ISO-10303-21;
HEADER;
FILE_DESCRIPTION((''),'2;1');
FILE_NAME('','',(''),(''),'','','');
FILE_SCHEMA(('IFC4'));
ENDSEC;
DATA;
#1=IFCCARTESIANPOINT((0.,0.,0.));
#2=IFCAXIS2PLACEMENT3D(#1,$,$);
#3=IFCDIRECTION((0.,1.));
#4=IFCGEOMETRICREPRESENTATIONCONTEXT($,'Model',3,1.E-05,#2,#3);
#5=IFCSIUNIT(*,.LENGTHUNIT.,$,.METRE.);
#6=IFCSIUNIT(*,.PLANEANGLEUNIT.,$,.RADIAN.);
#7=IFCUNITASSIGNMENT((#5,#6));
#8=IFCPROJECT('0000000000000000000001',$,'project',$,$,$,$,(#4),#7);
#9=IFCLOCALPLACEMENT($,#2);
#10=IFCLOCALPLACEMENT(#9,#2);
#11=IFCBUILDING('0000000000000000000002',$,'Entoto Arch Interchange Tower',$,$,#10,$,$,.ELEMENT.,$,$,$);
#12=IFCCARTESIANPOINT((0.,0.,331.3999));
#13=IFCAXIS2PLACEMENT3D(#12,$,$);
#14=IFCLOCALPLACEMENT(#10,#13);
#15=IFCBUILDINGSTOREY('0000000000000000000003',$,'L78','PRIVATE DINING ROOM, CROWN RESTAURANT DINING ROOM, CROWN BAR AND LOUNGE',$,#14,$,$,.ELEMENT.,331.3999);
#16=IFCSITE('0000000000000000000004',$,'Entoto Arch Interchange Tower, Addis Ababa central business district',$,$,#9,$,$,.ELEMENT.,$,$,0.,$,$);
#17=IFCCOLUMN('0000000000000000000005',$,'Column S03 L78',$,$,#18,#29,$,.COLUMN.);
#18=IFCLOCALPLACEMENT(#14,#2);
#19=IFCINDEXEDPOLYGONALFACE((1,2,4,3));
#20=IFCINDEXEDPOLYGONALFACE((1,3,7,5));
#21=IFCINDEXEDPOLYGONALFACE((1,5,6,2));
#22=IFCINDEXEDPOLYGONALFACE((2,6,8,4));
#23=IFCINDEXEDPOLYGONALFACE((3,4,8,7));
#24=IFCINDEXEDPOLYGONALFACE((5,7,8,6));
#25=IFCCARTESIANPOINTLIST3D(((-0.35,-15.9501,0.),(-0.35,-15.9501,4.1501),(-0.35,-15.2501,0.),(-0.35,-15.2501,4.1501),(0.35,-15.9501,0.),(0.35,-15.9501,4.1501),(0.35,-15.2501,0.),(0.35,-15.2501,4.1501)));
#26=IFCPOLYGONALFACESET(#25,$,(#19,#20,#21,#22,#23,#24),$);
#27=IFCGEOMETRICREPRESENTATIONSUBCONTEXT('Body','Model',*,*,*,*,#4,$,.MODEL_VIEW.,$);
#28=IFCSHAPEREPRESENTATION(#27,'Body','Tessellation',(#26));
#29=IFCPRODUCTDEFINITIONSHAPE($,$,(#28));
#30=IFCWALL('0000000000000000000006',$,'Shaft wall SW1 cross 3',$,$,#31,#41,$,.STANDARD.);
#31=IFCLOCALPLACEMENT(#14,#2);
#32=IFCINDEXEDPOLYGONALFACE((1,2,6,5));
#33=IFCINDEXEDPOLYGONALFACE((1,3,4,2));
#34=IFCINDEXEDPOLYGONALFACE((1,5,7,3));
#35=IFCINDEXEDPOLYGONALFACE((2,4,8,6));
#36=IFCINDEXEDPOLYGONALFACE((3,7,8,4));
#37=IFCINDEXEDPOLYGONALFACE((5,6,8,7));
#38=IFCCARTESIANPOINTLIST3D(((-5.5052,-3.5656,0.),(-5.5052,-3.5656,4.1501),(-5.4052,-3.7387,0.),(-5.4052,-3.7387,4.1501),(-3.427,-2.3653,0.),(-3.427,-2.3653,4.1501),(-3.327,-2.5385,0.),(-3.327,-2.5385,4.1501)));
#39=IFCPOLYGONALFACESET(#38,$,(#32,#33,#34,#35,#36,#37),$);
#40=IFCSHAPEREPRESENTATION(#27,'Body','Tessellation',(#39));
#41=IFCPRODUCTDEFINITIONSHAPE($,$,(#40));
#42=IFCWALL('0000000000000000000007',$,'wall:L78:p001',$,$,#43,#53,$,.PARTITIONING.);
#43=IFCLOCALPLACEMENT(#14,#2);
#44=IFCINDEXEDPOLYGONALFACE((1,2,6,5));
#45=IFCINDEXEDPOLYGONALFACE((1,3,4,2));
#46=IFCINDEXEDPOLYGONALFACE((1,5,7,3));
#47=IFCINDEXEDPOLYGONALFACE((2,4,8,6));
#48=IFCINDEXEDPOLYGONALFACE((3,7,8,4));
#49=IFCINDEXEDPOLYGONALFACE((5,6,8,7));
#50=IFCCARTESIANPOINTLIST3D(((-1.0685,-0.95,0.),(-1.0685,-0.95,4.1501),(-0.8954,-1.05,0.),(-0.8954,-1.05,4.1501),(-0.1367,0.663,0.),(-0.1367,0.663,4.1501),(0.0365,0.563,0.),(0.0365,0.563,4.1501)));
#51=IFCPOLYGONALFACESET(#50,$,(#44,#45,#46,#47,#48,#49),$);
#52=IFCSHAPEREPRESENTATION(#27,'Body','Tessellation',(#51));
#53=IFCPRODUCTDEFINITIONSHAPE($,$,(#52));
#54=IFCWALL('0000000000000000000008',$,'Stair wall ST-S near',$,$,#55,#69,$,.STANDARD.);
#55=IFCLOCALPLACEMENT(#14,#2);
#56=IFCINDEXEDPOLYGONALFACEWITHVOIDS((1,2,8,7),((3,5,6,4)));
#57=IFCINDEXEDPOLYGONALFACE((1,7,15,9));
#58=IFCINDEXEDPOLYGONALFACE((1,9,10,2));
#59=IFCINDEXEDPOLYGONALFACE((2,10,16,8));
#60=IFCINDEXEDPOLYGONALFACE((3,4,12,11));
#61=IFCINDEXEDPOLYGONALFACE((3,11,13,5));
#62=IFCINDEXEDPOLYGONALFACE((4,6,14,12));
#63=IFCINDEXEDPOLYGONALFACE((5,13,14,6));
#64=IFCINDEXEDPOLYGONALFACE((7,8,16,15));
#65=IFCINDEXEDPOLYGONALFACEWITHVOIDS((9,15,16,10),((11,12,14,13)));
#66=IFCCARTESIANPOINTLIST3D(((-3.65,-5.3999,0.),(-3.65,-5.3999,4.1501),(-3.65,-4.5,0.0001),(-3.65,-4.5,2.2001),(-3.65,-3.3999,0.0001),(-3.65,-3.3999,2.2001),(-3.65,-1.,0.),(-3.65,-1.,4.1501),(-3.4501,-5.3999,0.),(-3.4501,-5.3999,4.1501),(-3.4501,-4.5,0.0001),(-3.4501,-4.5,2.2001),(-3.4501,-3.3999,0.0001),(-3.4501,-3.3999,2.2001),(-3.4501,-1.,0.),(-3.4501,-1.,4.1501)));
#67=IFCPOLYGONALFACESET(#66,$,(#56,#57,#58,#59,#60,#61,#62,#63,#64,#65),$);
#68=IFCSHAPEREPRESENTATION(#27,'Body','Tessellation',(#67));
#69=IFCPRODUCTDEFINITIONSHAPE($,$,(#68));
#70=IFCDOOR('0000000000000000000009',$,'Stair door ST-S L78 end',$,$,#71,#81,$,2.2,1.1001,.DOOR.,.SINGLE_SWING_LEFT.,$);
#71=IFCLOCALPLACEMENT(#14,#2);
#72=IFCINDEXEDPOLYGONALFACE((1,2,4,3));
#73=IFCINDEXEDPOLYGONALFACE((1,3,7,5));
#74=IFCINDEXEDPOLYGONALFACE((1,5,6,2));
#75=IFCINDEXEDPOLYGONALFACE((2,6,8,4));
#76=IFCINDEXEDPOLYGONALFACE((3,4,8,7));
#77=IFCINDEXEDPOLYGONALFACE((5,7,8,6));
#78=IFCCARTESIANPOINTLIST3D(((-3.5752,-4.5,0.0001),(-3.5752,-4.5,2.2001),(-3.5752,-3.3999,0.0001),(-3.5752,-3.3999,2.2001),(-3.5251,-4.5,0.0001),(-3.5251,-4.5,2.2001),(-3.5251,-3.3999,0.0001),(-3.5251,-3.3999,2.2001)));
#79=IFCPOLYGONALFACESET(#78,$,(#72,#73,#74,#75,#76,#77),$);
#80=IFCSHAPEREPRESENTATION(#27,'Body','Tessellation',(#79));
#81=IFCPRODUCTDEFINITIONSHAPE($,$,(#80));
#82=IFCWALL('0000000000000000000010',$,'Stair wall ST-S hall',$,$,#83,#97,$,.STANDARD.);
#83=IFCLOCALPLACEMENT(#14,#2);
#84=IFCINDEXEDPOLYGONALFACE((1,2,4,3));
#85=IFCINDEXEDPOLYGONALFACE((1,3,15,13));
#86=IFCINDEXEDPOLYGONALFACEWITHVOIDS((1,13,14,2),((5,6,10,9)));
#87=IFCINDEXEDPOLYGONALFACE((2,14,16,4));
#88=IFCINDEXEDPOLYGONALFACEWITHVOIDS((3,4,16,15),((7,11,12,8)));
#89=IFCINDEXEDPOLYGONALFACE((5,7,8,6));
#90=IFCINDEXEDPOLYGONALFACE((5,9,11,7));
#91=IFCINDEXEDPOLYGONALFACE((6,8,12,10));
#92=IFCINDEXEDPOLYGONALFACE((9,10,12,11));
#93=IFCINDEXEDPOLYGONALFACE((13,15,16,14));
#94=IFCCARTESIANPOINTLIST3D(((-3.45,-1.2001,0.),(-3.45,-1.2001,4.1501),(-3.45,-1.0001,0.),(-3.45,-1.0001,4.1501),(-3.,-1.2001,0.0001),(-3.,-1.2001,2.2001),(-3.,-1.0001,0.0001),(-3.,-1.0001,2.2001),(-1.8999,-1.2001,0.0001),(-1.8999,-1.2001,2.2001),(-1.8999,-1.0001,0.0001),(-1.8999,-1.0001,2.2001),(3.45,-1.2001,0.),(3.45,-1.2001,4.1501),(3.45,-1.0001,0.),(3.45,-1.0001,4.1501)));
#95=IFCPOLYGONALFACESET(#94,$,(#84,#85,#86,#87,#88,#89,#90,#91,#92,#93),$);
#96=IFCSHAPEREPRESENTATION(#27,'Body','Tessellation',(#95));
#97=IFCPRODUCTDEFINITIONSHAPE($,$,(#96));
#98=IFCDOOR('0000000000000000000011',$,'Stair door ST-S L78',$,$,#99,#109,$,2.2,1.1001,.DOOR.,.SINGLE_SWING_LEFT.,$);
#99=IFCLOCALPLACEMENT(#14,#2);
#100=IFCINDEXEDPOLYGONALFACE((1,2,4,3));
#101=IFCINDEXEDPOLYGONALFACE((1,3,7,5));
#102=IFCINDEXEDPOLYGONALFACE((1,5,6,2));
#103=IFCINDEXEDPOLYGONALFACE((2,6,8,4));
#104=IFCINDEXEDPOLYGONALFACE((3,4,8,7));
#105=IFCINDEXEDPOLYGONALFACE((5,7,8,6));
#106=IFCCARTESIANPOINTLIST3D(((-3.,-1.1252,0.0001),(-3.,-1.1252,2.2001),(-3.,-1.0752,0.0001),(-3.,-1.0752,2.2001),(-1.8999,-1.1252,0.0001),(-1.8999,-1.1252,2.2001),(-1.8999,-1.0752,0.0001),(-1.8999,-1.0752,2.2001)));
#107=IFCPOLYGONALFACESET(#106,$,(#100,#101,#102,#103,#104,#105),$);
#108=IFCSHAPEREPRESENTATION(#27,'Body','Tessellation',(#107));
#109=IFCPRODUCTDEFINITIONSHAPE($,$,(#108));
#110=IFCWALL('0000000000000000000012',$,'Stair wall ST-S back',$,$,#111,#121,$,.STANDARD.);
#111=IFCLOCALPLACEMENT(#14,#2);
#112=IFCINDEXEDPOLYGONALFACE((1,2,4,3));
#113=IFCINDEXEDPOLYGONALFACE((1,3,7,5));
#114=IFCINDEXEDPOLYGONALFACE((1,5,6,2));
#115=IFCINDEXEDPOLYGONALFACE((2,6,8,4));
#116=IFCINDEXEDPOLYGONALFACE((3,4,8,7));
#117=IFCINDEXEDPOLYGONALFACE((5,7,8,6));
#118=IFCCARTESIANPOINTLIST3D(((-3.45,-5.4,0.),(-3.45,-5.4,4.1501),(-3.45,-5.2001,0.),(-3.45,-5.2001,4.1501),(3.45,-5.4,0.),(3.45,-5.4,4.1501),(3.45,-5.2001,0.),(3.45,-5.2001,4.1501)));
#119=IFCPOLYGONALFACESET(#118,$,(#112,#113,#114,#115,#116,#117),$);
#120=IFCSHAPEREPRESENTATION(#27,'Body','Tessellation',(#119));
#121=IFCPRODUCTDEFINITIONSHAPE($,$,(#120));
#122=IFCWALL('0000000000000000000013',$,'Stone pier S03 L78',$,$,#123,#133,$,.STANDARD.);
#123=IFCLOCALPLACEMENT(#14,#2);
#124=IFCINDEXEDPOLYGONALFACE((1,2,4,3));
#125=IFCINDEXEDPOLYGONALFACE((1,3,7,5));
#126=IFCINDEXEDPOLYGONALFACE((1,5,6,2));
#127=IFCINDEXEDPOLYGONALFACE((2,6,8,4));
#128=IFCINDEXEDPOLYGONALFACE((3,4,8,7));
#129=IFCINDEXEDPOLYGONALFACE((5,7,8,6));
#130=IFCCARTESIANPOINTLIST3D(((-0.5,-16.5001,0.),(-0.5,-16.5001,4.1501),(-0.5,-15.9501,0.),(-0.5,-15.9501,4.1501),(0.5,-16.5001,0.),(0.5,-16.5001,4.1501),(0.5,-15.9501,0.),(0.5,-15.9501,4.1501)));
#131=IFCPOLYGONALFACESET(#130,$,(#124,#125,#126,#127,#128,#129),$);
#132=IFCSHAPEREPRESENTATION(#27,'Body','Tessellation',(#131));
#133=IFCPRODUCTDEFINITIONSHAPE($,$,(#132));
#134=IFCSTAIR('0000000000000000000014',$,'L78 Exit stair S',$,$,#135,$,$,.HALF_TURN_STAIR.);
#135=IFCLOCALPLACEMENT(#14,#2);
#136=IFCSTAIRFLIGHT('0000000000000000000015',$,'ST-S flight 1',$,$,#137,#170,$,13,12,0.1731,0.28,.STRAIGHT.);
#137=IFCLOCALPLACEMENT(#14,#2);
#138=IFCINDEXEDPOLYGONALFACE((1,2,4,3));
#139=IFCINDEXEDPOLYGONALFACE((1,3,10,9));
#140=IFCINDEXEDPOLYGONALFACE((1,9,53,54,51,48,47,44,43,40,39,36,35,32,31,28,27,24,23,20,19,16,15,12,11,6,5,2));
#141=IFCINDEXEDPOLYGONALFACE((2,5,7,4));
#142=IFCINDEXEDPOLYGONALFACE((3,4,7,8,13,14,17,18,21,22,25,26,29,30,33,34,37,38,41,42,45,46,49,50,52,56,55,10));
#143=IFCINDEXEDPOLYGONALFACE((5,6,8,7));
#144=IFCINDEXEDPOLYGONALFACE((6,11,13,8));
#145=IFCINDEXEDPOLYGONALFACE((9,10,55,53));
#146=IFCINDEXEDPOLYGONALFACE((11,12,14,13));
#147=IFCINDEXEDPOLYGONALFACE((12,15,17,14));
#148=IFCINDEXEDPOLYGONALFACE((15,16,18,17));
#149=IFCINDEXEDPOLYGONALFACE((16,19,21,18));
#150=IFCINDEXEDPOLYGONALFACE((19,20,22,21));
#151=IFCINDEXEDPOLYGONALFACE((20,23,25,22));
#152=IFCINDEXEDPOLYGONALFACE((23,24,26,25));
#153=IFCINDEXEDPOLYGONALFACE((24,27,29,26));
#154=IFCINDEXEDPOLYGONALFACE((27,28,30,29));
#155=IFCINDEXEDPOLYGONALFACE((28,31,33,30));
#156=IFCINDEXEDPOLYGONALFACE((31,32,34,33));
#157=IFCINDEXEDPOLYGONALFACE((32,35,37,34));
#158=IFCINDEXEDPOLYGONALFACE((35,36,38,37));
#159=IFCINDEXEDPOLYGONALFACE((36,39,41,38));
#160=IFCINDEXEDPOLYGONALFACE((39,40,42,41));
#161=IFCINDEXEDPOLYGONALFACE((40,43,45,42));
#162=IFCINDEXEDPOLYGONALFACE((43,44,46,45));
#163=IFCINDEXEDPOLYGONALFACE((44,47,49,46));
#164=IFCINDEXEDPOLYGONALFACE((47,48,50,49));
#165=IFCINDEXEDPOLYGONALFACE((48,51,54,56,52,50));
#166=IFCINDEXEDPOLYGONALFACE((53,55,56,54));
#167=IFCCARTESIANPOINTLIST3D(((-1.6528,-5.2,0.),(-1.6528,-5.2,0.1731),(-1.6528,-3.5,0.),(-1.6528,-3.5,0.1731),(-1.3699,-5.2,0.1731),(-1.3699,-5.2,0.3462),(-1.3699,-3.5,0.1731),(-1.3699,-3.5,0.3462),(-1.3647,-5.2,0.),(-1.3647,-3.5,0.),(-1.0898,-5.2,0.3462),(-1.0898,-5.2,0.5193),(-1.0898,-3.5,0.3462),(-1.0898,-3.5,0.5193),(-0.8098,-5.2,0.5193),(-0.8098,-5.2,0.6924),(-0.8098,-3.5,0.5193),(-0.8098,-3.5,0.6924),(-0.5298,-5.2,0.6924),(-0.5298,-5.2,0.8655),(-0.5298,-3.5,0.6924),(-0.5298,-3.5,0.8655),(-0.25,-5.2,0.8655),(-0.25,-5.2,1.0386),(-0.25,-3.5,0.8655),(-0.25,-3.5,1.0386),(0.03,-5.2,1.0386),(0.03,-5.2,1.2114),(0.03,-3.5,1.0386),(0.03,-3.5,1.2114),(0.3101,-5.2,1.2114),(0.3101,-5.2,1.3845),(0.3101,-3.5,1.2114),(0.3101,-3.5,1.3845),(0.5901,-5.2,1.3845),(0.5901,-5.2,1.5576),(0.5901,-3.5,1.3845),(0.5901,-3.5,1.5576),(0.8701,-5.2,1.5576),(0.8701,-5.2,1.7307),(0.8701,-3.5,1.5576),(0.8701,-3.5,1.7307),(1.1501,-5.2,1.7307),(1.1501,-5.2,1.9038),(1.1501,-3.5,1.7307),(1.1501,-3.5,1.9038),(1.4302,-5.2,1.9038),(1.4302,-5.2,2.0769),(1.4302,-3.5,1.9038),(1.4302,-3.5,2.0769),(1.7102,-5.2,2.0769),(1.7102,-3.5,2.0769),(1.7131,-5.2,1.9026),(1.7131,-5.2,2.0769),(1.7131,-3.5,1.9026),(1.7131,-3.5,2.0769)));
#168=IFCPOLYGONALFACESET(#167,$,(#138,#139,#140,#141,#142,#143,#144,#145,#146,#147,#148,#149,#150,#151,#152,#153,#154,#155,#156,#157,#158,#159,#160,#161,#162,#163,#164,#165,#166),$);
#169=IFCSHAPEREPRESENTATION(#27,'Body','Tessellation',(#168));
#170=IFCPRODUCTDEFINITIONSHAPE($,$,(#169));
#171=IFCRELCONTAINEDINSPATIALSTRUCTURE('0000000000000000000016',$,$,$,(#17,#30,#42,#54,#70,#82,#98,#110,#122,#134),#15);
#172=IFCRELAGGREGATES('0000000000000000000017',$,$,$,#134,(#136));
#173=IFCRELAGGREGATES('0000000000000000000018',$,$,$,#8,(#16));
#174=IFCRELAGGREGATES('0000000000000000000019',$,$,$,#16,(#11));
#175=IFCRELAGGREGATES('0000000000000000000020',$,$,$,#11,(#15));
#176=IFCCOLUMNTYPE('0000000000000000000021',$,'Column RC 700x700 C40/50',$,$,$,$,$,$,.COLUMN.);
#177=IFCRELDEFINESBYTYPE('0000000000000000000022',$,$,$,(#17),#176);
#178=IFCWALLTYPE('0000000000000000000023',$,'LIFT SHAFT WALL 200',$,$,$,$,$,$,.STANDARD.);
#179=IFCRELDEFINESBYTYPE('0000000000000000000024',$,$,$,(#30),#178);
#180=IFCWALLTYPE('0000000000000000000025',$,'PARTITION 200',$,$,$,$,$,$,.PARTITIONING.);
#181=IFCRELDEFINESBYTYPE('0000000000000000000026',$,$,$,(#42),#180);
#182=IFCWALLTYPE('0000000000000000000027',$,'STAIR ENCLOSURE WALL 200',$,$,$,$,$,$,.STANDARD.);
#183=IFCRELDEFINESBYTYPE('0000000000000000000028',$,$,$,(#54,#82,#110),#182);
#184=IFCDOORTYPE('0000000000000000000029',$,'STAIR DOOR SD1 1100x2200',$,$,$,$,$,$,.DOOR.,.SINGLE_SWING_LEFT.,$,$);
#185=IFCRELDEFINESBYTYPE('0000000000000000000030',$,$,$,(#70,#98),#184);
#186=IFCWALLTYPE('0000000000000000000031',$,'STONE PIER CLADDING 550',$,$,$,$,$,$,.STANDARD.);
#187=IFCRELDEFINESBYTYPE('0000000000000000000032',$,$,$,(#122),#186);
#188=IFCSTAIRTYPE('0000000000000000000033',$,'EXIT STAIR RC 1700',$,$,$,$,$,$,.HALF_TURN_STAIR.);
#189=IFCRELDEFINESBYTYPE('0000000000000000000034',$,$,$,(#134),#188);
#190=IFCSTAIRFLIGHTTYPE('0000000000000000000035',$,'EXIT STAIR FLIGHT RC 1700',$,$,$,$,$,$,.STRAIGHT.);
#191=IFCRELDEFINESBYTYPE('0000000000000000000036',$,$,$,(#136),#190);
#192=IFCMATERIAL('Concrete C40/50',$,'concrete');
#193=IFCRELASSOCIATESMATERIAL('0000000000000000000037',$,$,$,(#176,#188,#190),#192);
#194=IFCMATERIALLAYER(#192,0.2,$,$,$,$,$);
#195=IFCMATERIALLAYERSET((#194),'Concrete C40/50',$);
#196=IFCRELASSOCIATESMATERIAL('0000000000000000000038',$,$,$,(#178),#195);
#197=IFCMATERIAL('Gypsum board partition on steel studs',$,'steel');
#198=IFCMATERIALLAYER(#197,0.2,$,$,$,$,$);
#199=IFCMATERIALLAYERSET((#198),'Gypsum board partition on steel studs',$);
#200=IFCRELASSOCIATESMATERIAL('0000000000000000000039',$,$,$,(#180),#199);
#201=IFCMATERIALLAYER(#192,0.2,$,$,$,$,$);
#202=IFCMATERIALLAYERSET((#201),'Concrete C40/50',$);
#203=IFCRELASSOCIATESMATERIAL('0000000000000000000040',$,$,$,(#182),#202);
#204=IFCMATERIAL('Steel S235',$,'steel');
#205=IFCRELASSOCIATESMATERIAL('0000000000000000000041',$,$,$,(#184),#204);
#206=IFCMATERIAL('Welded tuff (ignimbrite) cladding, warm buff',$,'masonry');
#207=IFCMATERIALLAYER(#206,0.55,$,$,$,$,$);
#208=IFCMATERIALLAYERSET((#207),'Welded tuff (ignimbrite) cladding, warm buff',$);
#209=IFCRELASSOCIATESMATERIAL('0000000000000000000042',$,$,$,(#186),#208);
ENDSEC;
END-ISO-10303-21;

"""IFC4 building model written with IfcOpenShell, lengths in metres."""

from ifc_helpers import new_model, si_unit, direction, frame, frame_2d, origin, origin_2d, place, context, subcontext, project, spatial, polyline, rectangle, outline, extrude, material, layer, layer_set, material_profile, profile_set, type_object, element, fill, aggregate, save


model = new_model("IFC4")

# Units and contexts
model_context = context("Model", 3, precision=1e-05, world=origin(), true_north=direction((0.0, 1.0)))
body_context = subcontext(model_context, "Body", "Model", "MODEL_VIEW")
ifc_project = project(units=[si_unit("LENGTHUNIT", "METRE"), si_unit("PLANEANGLEUNIT", "RADIAN")], contexts=[model_context])

# Site, building, storey
site_placement = place(None, origin())
site = spatial("IfcSite", under=ifc_project, at=site_placement, Name="Entoto Arch Interchange Tower, Addis Ababa central business district", CompositionType="ELEMENT", RefElevation=0.0)
building_placement = place(site_placement, origin())
building = spatial("IfcBuilding", under=site, at=building_placement, Name="Entoto Arch Interchange Tower", CompositionType="ELEMENT")
storey_placement = place(building_placement, frame((0.0, 0.0, 331.3999)))
storey = spatial("IfcBuildingStorey", under=building, at=storey_placement, Name="L78", Description="PRIVATE DINING ROOM, CROWN RESTAURANT DINING ROOM, CROWN BAR AND LOUNGE", CompositionType="ELEMENT", Elevation=331.3999)

# Column
ifc_material_1 = material(Name="Concrete C40/50", Category="concrete")
ifc_material_profile = material_profile(ifc_material_1, rectangle(XDim=0.7, YDim=0.7, at=origin_2d()))
ifc_profile_set = profile_set([ifc_material_profile], Name="Concrete C40/50")
column_type = type_object("IfcColumnType", Name="Column RC 700x700 C40/50", PredefinedType="COLUMN", material=ifc_profile_set)
column_placement = place(storey_placement, frame((0.0, -15.6001, 0.0), z_axis=(0.0, 0.0, 1.0), x_axis=(1.0, 0.0, 0.0)))
element("IfcColumn", 1, at=column_placement, inside=storey, type_object=column_type, Name="Column S03 L78", PredefinedType="COLUMN", context=body_context, shape_type="SweptSolid", body=[
    extrude(rectangle(XDim=0.7, YDim=0.7, at=origin_2d()), origin(), (0.0, 0.0, 1.0), 4.1501),
])

# Walls
ifc_layer_1 = layer(ifc_material_1, 0.2)
ifc_layer_set_1 = layer_set([ifc_layer_1], Name="Concrete C40/50")
wall_type_1 = type_object("IfcWallType", Name="LIFT SHAFT WALL 200", PredefinedType="STANDARD", material=ifc_layer_set_1)
wall_1_placement = place(storey_placement, frame((-3.377, -2.4519, 0.0), z_axis=(0.0, 0.0, 1.0), x_axis=(-0.865955, -0.500122, 0.0)))
element("IfcWall", 2, at=wall_1_placement, inside=storey, type_object=wall_type_1, Name="Shaft wall SW1 cross 3", PredefinedType="STANDARD", context=body_context, shape_type="SweptSolid", body=[
    extrude(rectangle(XDim=2.3999, YDim=0.2, at=frame_2d((1.2, 0.0))), origin(), (0.0, 0.0, 1.0), 4.1501),
])
ifc_material_2 = material(Name="Gypsum board partition on steel studs", Category="steel")
ifc_layer_2 = layer(ifc_material_2, 0.2)
ifc_layer_set_2 = layer_set([ifc_layer_2], Name="Gypsum board partition on steel studs")
wall_type_2 = type_object("IfcWallType", Name="PARTITION 200", PredefinedType="PARTITIONING", material=ifc_layer_set_2)
wall_2_placement = place(storey_placement, frame((-0.9819, -1.0, 0.0), z_axis=(0.0, 0.0, 1.0), x_axis=(0.50024, 0.865887, 0.0)))
element("IfcWall", 3, at=wall_2_placement, inside=storey, type_object=wall_type_2, Name="wall:L78:p001", PredefinedType="PARTITIONING", context=body_context, shape_type="SweptSolid", body=[
    extrude(rectangle(XDim=1.8628, YDim=0.2, at=frame_2d((0.9314, 0.0))), origin(), (0.0, 0.0, 1.0), 4.1501),
])

# Walls, openings, doors
ifc_layer_3 = layer(ifc_material_1, 0.2)
ifc_layer_set_3 = layer_set([ifc_layer_3], Name="Concrete C40/50")
wall_type_3 = type_object("IfcWallType", Name="STAIR ENCLOSURE WALL 200", PredefinedType="STANDARD", material=ifc_layer_set_3)
wall_3_placement = place(storey_placement, frame((-3.55, -1.0, 0.0), z_axis=(0.0, 0.0, 1.0), x_axis=(0.0, -1.0, 0.0)))
wall_3 = element("IfcWall", 4, at=wall_3_placement, inside=storey, type_object=wall_type_3, Name="Stair wall ST-S near", PredefinedType="STANDARD", context=body_context, shape_type="SweptSolid", body=[
    extrude(rectangle(XDim=4.3999, YDim=0.2, at=frame_2d((2.2, 0.0))), origin(), (0.0, 0.0, 1.0), 4.1501),
])
opening_1_placement = place(wall_3_placement, frame((2.3999, 0.0, 0.0)))
opening_1 = element("IfcOpeningElement", 5, at=opening_1_placement, cuts=wall_3, PredefinedType="OPENING", context=body_context, shape_type="SweptSolid", body=[
    extrude(rectangle(XDim=1.1001, YDim=2.2, at=frame_2d((0.55, 1.1001))), frame((0.0, 0.1099, 0.0), z_axis=(0.0, -1.0, 0.0), x_axis=(1.0, 0.0, 0.0)), (0.0, 0.0, 1.0), 0.22),
])
ifc_material_3 = material(Name="Steel S235", Category="steel")
door_type = type_object("IfcDoorType", Name="STAIR DOOR SD1 1100x2200", OperationType="SINGLE_SWING_LEFT", PredefinedType="DOOR", material=ifc_material_3)
door_1_placement = place(opening_1_placement, origin())
door_1 = element("IfcDoor", 6, at=door_1_placement, inside=storey, type_object=door_type, Name="Stair door ST-S L78 end", OperationType="SINGLE_SWING_LEFT", OverallHeight=2.2, OverallWidth=1.1001, PredefinedType="DOOR", context=body_context, shape_type="SweptSolid", body=[
    extrude(rectangle(XDim=1.1001, YDim=2.2, at=frame_2d((0.55, 1.1001))), frame((0.0, 0.0249, 0.0), z_axis=(0.0, -1.0, 0.0), x_axis=(1.0, 0.0, 0.0)), (0.0, 0.0, 1.0), 0.05),
])
fill(opening_1, door_1)
wall_4_placement = place(storey_placement, frame((-3.45, -1.1001, 0.0), z_axis=(0.0, 0.0, 1.0), x_axis=(1.0, 0.0, 0.0)))
wall_4 = element("IfcWall", 7, at=wall_4_placement, inside=storey, type_object=wall_type_3, Name="Stair wall ST-S hall", PredefinedType="STANDARD", context=body_context, shape_type="SweptSolid", body=[
    extrude(rectangle(XDim=6.8999, YDim=0.2, at=frame_2d((3.45, 0.0))), origin(), (0.0, 0.0, 1.0), 4.1501),
])
opening_2_placement = place(wall_4_placement, frame((0.45, 0.0, 0.0)))
opening_2 = element("IfcOpeningElement", 8, at=opening_2_placement, cuts=wall_4, PredefinedType="OPENING", context=body_context, shape_type="SweptSolid", body=[
    extrude(rectangle(XDim=1.1001, YDim=2.2, at=frame_2d((0.55, 1.1001))), frame((0.0, 0.1099, 0.0), z_axis=(0.0, -1.0, 0.0), x_axis=(1.0, 0.0, 0.0)), (0.0, 0.0, 1.0), 0.22),
])
door_2_placement = place(opening_2_placement, origin())
door_2 = element("IfcDoor", 9, at=door_2_placement, inside=storey, type_object=door_type, Name="Stair door ST-S L78", OperationType="SINGLE_SWING_LEFT", OverallHeight=2.2, OverallWidth=1.1001, PredefinedType="DOOR", context=body_context, shape_type="SweptSolid", body=[
    extrude(rectangle(XDim=1.1001, YDim=2.2, at=frame_2d((0.55, 1.1001))), frame((0.0, 0.0249, 0.0), z_axis=(0.0, -1.0, 0.0), x_axis=(1.0, 0.0, 0.0)), (0.0, 0.0, 1.0), 0.05),
])
fill(opening_2, door_2)

# Walls
wall_5_placement = place(storey_placement, frame((-3.45, -5.3, 0.0), z_axis=(0.0, 0.0, 1.0), x_axis=(1.0, 0.0, 0.0)))
element("IfcWall", 10, at=wall_5_placement, inside=storey, type_object=wall_type_3, Name="Stair wall ST-S back", PredefinedType="STANDARD", context=body_context, shape_type="SweptSolid", body=[
    extrude(rectangle(XDim=6.8999, YDim=0.2, at=frame_2d((3.45, 0.0))), origin(), (0.0, 0.0, 1.0), 4.1501),
])
ifc_material_4 = material(Name="Welded tuff (ignimbrite) cladding, warm buff", Category="masonry")
ifc_layer_4 = layer(ifc_material_4, 0.55)
ifc_layer_set_4 = layer_set([ifc_layer_4], Name="Welded tuff (ignimbrite) cladding, warm buff")
wall_type_4 = type_object("IfcWallType", Name="STONE PIER CLADDING 550", PredefinedType="STANDARD", material=ifc_layer_set_4)
wall_6_placement = place(storey_placement, frame((-0.5, -16.2251, 0.0), z_axis=(0.0, 0.0, 1.0), x_axis=(1.0, 0.0, 0.0)))
element("IfcWall", 11, at=wall_6_placement, inside=storey, type_object=wall_type_4, Name="Stone pier S03 L78", PredefinedType="STANDARD", context=body_context, shape_type="SweptSolid", body=[
    extrude(rectangle(XDim=1.0, YDim=0.55, at=frame_2d((0.5, 0.0))), origin(), (0.0, 0.0, 1.0), 4.1501),
])

# Stair, stair flight
stair_type = type_object("IfcStairType", Name="EXIT STAIR RC 1700", PredefinedType="HALF_TURN_STAIR", material=ifc_material_1)
stair_placement = place(storey_placement, origin())
stair = element("IfcStair", 12, at=stair_placement, inside=storey, type_object=stair_type, Name="L78 Exit stair S", PredefinedType="HALF_TURN_STAIR")
stair_flight_type = type_object("IfcStairFlightType", Name="EXIT STAIR FLIGHT RC 1700", PredefinedType="STRAIGHT", material=ifc_material_1)
stair_flight_placement = place(storey_placement, frame((-1.6499, -4.3501, 0.0), z_axis=(0.0, 0.0, 1.0), x_axis=(1.0, 0.0, 0.0)))
stair_flight = element("IfcStairFlight", 13, at=stair_flight_placement, type_object=stair_flight_type, Name="ST-S flight 1", NumberOfRisers=13, NumberOfTreads=12, PredefinedType="STRAIGHT", RiserHeight=0.1731, TreadLength=0.28, context=body_context, shape_type="SweptSolid", body=[
    extrude(outline(polyline([(-0.0029, 0.0), (-0.0029, 0.1731), (0.28, 0.1731), (0.28, 0.3462), (0.5601, 0.3462), (0.5601, 0.5193), (0.8401, 0.5193), (0.8401, 0.6924), (1.1201, 0.6924), (1.1201, 0.8655), (1.3999, 0.8655), (1.3999, 1.0386), (1.6799, 1.0386), (1.6799, 1.2114), (1.96, 1.2114), (1.96, 1.3845), (2.24, 1.3845), (2.24, 1.5576), (2.52, 1.5576), (2.52, 1.7307), (2.8, 1.7307), (2.8, 1.9038), (3.0801, 1.9038), (3.0801, 2.0769), (3.3601, 2.0769), (3.363, 2.0769), (3.363, 1.9026), (0.2852, 0.0), (-0.0029, 0.0)])), frame((0.0, 0.8501, 0.0), z_axis=(0.0, -1.0, 0.0), x_axis=(1.0, 0.0, 0.0)), (0.0, 0.0, 1.0), 1.7),
])
aggregate(stair, [stair_flight])

save(model, "model.ifc")
